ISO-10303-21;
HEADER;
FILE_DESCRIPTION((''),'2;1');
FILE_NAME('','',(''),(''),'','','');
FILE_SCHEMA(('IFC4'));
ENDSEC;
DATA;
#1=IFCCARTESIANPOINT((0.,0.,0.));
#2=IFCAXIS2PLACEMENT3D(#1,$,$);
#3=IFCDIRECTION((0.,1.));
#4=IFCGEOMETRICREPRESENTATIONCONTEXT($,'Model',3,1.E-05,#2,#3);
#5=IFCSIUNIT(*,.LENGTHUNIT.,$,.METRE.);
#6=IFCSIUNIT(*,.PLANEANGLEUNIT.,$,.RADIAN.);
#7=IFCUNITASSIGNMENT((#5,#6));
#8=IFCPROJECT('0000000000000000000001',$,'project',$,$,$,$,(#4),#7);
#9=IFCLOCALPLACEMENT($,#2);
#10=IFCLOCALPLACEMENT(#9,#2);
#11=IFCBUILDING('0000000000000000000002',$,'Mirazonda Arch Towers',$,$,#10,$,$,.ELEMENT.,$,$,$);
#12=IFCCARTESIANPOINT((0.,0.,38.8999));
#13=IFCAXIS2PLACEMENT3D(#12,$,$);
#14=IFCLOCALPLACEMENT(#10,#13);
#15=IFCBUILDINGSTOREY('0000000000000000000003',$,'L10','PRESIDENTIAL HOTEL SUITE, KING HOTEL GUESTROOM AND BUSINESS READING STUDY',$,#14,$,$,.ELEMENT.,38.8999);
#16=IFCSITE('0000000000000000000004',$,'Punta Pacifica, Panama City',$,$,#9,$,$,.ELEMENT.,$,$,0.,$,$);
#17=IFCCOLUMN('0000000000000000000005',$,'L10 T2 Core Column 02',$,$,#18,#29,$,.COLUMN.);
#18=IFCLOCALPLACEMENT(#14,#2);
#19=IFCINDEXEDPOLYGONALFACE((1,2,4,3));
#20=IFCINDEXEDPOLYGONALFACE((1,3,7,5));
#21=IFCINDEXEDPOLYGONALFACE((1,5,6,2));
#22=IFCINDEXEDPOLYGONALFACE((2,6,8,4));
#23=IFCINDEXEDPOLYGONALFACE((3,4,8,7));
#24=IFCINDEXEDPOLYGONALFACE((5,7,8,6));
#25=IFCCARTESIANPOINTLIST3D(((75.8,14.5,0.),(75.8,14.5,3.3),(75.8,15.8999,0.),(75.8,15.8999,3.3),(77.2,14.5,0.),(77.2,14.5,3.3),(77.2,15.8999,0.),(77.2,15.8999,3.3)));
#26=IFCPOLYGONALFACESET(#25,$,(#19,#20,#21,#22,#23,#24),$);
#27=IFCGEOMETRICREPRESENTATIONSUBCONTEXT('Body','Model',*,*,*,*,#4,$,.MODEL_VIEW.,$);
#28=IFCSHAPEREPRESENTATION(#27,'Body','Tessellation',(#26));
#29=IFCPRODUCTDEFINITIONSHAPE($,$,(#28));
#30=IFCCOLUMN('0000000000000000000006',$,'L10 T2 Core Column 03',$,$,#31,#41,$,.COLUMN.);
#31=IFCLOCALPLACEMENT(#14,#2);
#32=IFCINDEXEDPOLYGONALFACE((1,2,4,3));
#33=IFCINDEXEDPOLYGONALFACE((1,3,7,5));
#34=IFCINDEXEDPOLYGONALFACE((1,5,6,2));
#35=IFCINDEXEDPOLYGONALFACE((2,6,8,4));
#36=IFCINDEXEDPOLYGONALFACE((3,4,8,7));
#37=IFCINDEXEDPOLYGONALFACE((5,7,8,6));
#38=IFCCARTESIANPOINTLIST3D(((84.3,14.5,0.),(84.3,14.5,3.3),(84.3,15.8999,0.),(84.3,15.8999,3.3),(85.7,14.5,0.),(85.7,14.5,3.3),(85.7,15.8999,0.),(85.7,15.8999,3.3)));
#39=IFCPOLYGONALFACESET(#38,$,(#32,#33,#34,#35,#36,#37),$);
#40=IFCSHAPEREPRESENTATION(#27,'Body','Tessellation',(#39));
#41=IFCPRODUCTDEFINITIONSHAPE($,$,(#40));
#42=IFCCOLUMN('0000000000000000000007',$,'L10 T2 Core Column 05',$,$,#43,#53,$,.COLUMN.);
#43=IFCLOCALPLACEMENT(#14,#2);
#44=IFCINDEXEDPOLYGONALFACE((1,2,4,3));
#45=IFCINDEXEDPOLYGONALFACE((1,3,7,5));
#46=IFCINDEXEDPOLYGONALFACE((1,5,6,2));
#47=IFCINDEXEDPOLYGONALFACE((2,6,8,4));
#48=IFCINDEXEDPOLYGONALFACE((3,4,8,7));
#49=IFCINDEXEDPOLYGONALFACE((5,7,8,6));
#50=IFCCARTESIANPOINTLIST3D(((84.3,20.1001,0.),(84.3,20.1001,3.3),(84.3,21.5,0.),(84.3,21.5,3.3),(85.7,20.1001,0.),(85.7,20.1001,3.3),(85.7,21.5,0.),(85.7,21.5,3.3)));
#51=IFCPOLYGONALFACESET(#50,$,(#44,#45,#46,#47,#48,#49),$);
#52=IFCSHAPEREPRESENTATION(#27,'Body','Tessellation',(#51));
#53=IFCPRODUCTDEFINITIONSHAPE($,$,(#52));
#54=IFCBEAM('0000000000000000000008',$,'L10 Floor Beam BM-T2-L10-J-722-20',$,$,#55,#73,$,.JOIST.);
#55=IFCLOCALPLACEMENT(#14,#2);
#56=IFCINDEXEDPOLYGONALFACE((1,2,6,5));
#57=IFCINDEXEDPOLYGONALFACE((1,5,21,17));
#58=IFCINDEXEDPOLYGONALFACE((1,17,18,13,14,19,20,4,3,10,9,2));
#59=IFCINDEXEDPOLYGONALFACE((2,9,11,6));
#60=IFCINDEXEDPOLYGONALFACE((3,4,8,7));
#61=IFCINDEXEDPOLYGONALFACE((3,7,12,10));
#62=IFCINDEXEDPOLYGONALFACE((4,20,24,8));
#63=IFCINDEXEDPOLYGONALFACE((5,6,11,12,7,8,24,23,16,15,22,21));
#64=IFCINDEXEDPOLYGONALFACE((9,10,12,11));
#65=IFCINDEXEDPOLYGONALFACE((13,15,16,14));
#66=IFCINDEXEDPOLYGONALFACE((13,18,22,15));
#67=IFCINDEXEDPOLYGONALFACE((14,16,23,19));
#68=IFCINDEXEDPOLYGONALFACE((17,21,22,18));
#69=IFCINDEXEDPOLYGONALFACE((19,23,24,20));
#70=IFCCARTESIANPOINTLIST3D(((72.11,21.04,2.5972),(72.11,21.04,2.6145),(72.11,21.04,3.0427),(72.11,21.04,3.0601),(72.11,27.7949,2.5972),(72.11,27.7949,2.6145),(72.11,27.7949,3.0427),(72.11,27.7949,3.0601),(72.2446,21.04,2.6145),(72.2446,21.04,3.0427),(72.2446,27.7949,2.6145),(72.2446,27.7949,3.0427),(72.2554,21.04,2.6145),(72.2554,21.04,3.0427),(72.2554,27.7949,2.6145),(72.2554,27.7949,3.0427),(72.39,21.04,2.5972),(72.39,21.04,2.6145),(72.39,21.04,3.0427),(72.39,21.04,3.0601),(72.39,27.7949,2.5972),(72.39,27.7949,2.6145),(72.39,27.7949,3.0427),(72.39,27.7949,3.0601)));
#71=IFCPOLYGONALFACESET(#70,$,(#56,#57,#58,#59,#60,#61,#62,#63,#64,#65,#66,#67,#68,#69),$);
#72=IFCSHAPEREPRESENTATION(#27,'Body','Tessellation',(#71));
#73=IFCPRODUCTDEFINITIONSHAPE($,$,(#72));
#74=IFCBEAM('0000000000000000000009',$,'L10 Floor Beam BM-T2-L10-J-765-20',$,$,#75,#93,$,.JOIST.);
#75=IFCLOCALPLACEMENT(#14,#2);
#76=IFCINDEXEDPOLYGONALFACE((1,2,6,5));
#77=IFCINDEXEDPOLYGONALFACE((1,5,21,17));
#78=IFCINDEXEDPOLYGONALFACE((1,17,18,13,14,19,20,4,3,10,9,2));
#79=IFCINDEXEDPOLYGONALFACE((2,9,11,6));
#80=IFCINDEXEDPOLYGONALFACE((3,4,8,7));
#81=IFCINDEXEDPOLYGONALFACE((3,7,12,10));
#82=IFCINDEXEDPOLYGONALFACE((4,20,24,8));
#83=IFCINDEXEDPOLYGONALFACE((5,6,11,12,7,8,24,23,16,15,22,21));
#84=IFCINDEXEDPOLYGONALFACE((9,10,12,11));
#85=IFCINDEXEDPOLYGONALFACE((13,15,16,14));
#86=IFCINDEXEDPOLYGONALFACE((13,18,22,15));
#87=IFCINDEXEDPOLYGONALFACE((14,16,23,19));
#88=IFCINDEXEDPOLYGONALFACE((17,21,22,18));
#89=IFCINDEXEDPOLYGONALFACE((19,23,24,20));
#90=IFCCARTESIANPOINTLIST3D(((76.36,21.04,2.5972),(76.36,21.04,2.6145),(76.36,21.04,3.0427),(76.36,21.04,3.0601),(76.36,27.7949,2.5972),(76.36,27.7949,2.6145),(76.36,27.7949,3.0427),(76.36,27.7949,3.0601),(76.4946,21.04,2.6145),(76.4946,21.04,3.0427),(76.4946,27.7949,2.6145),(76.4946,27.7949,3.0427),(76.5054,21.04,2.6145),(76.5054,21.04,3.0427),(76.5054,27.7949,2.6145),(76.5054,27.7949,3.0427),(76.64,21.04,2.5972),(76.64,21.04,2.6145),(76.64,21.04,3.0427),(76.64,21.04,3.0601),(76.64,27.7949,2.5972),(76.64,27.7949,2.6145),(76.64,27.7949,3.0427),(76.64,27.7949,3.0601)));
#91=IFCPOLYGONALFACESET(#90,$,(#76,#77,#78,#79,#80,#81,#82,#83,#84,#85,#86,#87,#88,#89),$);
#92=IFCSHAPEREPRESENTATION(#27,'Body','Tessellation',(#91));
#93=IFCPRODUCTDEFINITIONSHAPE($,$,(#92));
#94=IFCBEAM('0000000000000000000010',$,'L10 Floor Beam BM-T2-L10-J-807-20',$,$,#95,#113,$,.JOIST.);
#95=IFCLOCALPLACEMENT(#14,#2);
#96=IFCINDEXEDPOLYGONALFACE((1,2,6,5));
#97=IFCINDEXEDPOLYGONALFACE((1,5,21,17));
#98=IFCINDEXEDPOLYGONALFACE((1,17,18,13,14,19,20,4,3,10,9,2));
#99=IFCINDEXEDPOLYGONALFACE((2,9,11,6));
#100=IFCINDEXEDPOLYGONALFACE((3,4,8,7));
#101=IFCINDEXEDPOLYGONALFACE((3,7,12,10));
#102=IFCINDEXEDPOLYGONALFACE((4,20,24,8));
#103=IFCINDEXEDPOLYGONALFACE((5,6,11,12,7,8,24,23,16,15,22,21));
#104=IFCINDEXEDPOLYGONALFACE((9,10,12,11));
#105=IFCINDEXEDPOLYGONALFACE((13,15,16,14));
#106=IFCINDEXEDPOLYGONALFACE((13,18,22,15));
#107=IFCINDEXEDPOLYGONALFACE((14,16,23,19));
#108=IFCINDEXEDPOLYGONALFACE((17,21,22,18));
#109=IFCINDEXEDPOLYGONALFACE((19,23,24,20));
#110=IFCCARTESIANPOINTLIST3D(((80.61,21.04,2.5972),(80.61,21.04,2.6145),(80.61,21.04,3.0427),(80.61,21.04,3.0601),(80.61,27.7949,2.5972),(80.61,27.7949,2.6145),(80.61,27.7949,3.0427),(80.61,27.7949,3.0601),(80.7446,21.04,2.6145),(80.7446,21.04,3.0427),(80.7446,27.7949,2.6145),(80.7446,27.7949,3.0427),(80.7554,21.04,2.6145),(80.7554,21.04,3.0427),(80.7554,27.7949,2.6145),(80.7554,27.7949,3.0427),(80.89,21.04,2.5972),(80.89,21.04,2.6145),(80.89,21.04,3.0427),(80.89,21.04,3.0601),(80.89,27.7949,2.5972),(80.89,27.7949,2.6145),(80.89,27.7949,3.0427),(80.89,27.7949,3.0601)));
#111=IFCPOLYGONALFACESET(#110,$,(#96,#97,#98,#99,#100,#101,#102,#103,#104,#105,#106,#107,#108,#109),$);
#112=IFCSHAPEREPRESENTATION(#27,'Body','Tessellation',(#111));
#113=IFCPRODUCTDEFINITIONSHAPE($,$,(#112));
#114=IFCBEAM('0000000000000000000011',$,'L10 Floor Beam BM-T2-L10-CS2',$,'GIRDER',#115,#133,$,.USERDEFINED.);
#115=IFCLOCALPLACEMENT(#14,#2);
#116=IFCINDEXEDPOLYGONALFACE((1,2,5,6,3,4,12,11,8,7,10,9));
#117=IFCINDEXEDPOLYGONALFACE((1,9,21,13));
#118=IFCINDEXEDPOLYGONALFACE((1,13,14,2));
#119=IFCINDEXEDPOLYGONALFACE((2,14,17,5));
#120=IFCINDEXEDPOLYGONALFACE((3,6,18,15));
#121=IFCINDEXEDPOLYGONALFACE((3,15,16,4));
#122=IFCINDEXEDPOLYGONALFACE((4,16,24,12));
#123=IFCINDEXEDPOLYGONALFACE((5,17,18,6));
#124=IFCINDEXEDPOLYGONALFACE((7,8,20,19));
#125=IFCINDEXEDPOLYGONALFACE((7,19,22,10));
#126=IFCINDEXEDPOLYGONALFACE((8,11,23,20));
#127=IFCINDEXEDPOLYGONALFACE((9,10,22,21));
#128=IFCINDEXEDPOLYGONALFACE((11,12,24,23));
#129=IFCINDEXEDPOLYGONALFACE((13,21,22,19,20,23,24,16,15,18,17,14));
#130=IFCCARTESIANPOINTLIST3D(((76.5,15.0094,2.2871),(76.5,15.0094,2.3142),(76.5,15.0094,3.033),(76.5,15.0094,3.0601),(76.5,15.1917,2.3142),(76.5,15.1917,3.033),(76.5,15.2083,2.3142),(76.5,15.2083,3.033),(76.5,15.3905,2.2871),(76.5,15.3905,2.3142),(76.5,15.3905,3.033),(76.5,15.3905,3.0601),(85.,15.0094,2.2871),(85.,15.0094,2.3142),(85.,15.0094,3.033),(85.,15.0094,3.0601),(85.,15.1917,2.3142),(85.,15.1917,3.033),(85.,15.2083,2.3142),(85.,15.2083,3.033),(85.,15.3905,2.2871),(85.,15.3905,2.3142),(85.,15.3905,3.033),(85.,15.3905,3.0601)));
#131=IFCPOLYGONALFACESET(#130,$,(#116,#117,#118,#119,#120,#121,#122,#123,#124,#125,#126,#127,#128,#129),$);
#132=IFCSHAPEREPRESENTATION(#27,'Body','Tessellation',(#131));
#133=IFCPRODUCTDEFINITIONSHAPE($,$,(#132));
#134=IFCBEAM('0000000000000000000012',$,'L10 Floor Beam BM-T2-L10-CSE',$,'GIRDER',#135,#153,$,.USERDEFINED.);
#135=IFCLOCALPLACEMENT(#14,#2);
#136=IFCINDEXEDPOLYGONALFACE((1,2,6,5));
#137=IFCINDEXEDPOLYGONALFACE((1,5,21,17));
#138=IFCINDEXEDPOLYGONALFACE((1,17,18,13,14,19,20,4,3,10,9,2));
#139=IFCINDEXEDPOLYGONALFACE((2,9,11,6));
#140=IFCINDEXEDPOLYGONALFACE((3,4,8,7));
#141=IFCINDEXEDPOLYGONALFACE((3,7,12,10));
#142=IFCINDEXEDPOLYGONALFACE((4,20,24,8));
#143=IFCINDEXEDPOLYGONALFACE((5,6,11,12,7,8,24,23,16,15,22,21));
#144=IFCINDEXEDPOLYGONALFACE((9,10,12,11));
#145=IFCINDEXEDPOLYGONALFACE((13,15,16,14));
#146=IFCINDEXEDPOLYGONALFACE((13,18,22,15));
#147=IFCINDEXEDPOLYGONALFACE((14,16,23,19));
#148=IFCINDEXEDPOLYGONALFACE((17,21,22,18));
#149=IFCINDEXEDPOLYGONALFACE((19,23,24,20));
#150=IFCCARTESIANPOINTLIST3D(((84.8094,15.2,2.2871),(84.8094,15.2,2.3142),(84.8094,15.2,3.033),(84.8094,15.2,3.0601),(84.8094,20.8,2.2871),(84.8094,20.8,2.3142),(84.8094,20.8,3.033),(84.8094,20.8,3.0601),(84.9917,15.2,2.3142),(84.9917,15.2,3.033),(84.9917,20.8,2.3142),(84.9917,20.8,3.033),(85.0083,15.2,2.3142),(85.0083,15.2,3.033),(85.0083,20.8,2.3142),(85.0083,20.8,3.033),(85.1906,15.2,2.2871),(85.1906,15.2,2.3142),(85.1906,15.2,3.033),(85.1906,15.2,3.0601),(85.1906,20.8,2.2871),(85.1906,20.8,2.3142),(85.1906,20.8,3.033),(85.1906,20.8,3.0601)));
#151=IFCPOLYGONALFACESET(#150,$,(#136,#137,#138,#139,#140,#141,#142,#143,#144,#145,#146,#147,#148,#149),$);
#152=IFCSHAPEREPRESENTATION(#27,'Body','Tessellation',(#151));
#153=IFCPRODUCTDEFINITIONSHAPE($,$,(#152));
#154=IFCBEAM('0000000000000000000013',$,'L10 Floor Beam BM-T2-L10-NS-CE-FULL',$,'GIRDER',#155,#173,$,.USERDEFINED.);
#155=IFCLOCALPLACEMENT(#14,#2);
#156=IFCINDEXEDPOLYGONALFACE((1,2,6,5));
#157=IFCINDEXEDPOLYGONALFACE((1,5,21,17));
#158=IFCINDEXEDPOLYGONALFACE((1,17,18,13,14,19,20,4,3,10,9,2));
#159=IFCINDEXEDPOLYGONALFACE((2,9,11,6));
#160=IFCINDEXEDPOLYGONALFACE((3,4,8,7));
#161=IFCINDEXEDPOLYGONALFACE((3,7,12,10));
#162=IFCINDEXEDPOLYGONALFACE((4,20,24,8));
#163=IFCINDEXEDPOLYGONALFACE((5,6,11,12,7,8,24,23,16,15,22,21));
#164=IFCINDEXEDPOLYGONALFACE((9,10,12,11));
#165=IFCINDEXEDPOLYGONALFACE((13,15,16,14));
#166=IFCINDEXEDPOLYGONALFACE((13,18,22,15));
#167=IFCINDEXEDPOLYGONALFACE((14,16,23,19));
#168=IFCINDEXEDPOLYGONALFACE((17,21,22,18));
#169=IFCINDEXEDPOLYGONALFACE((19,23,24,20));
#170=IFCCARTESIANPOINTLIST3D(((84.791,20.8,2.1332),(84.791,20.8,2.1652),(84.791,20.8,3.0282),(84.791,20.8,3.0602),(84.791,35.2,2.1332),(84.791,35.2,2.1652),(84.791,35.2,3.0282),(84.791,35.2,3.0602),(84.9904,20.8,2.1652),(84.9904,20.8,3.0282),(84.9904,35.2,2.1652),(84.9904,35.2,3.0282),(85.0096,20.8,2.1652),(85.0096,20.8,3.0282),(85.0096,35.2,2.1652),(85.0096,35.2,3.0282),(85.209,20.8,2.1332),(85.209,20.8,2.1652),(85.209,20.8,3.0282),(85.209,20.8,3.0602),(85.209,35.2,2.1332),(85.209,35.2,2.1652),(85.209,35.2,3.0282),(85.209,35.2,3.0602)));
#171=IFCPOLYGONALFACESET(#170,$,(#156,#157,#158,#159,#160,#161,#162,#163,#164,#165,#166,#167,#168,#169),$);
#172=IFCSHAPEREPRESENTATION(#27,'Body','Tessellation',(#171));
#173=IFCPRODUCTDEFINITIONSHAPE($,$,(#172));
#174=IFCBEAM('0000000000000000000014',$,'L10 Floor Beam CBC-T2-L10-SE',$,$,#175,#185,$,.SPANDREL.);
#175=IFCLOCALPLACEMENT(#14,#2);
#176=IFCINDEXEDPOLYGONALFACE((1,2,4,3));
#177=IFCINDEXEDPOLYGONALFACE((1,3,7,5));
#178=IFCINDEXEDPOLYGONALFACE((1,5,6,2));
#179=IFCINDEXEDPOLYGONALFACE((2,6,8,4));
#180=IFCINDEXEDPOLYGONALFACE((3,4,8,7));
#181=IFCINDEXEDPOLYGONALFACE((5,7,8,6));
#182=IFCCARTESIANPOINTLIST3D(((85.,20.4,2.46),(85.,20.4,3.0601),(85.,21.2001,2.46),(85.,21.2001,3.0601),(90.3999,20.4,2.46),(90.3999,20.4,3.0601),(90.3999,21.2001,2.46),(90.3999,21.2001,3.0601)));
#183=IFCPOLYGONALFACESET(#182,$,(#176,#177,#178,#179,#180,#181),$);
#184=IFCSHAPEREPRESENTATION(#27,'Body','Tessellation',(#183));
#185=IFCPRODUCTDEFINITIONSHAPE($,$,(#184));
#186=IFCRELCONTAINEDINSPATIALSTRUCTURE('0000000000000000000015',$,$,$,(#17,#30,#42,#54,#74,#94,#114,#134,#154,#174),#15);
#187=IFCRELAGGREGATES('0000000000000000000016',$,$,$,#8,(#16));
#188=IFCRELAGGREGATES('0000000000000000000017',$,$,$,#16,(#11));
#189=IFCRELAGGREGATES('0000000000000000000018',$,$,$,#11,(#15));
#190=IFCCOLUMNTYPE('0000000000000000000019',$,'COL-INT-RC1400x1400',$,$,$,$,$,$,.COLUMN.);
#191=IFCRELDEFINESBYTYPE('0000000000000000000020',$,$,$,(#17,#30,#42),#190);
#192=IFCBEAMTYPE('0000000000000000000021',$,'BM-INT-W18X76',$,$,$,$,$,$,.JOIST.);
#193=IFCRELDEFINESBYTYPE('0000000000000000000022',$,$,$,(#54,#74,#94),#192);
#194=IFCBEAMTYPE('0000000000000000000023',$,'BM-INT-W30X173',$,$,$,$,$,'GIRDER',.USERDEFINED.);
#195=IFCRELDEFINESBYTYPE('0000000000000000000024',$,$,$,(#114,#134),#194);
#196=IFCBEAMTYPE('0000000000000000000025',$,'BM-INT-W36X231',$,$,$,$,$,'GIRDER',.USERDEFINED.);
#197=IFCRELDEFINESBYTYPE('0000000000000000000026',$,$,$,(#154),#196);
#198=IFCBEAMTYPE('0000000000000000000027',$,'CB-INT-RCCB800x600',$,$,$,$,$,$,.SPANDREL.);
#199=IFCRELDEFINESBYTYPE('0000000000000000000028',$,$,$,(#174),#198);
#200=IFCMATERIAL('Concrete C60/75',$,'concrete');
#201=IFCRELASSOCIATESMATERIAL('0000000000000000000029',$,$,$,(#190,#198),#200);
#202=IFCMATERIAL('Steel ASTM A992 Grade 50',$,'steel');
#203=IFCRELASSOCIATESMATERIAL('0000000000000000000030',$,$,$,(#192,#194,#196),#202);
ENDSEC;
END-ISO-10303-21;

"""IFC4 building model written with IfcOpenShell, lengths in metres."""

from ifc_helpers import new_model, si_unit, direction, frame, origin, origin_2d, place, context, subcontext, project, spatial, rectangle, i_section, extrude, material, material_profile, profile_set, type_object, element, save


model = new_model("IFC4")

# Units and contexts
model_context = context("Model", 3, precision=1e-05, world=origin(), true_north=direction((0.0, 1.0)))
body_context = subcontext(model_context, "Body", "Model", "MODEL_VIEW")
ifc_project = project(units=[si_unit("LENGTHUNIT", "METRE"), si_unit("PLANEANGLEUNIT", "RADIAN")], contexts=[model_context])

# Site, building, storey
site_placement = place(None, origin())
site = spatial("IfcSite", under=ifc_project, at=site_placement, Name="Punta Pacifica, Panama City", CompositionType="ELEMENT", RefElevation=0.0)
building_placement = place(site_placement, origin())
building = spatial("IfcBuilding", under=site, at=building_placement, Name="Mirazonda Arch Towers", CompositionType="ELEMENT")
storey_placement = place(building_placement, frame((0.0, 0.0, 38.8999)))
storey = spatial("IfcBuildingStorey", under=building, at=storey_placement, Name="L10", Description="PRESIDENTIAL HOTEL SUITE, KING HOTEL GUESTROOM AND BUSINESS READING STUDY", CompositionType="ELEMENT", Elevation=38.8999)

# Columns
ifc_material_1 = material(Name="Concrete C60/75", Category="concrete")
ifc_material_profile_1 = material_profile(ifc_material_1, rectangle(XDim=1.3999, YDim=1.3999, at=origin_2d()), Name="RC1400x1400")
ifc_profile_set_1 = profile_set([ifc_material_profile_1], Name="Concrete C60/75")
column_type = type_object("IfcColumnType", Name="COL-INT-RC1400x1400", PredefinedType="COLUMN", material=ifc_profile_set_1)
for number, where, z_axis, x_axis, name in (
    (1, (76.5, 15.2, 0.0), (0.0, 0.0, 1.0), (1.0, 0.0, 0.0), "L10 T2 Core Column 02"),
    (2, (85.0, 15.2, 0.0), (0.0, 0.0, 1.0), (1.0, 0.0, 0.0), "L10 T2 Core Column 03"),
    (3, (85.0, 20.8, 0.0), (0.0, 0.0, 1.0), (1.0, 0.0, 0.0), "L10 T2 Core Column 05"),
):
    element("IfcColumn", number, at=place(storey_placement, frame(where, z_axis=z_axis, x_axis=x_axis)), inside=storey, type_object=column_type, Name=name, PredefinedType="COLUMN", context=body_context, shape_type="SweptSolid", body=[
        extrude(rectangle(XDim=1.3999, YDim=1.3999, at=origin_2d()), origin(), (0.0, 0.0, 1.0), 3.3),
    ])

# Beams
ifc_material_2 = material(Name="Steel ASTM A992 Grade 50", Category="steel")
ifc_material_profile_2 = material_profile(ifc_material_2, i_section(OverallWidth=0.28, OverallDepth=0.4629, WebThickness=0.0107, FlangeThickness=0.0173, at=origin_2d()), Name="W18X76")
ifc_profile_set_2 = profile_set([ifc_material_profile_2], Name="Steel ASTM A992 Grade 50")
beam_type_1 = type_object("IfcBeamType", Name="BM-INT-W18X76", PredefinedType="JOIST", material=ifc_profile_set_2)
for number, where, z_axis, x_axis, name in (
    (4, (72.25, 21.04, 2.8286), (0.0, 1.0, 0.0), (-1.0, 0.0, 0.0), "L10 Floor Beam BM-T2-L10-J-722-20"),
    (5, (76.5, 21.04, 2.8286), (0.0, 1.0, 0.0), (-1.0, 0.0, 0.0), "L10 Floor Beam BM-T2-L10-J-765-20"),
    (6, (80.75, 21.04, 2.8286), (0.0, 1.0, 0.0), (-1.0, 0.0, 0.0), "L10 Floor Beam BM-T2-L10-J-807-20"),
):
    element("IfcBeam", number, at=place(storey_placement, frame(where, z_axis=z_axis, x_axis=x_axis)), inside=storey, type_object=beam_type_1, Name=name, PredefinedType="JOIST", context=body_context, shape_type="SweptSolid", body=[
        extrude(i_section(OverallWidth=0.28, OverallDepth=0.4629, WebThickness=0.0107, FlangeThickness=0.0173, at=origin_2d()), origin(), (0.0, 0.0, 1.0), 6.7549),
    ])
ifc_material_profile_3 = material_profile(ifc_material_2, i_section(OverallWidth=0.3811, OverallDepth=0.7729, WebThickness=0.0166, FlangeThickness=0.0271, at=origin_2d()), Name="W30X173")
ifc_profile_set_3 = profile_set([ifc_material_profile_3], Name="Steel ASTM A992 Grade 50")
beam_type_2 = type_object("IfcBeamType", Name="BM-INT-W30X173", ElementType="GIRDER", PredefinedType="USERDEFINED", material=ifc_profile_set_3)
beam_1_placement = place(storey_placement, frame((76.5, 15.2, 2.6736), z_axis=(1.0, 0.0, 0.0), x_axis=(0.0, 1.0, 0.0)))
element("IfcBeam", 7, at=beam_1_placement, inside=storey, type_object=beam_type_2, Name="L10 Floor Beam BM-T2-L10-CS2", ObjectType="GIRDER", PredefinedType="USERDEFINED", context=body_context, shape_type="SweptSolid", body=[
    extrude(i_section(OverallWidth=0.3811, OverallDepth=0.7729, WebThickness=0.0166, FlangeThickness=0.0271, at=origin_2d()), origin(), (0.0, 0.0, 1.0), 8.5),
])
beam_2_placement = place(storey_placement, frame((85.0, 15.2, 2.6736), z_axis=(0.0, 1.0, 0.0), x_axis=(-1.0, 0.0, 0.0)))
element("IfcBeam", 8, at=beam_2_placement, inside=storey, type_object=beam_type_2, Name="L10 Floor Beam BM-T2-L10-CSE", ObjectType="GIRDER", PredefinedType="USERDEFINED", context=body_context, shape_type="SweptSolid", body=[
    extrude(i_section(OverallWidth=0.3811, OverallDepth=0.7729, WebThickness=0.0166, FlangeThickness=0.0271, at=origin_2d()), origin(), (0.0, 0.0, 1.0), 5.6001),
])
ifc_material_profile_4 = material_profile(ifc_material_2, i_section(OverallWidth=0.418, OverallDepth=0.927, WebThickness=0.0193, FlangeThickness=0.032, at=origin_2d()), Name="W36X231")
ifc_profile_set_4 = profile_set([ifc_material_profile_4], Name="Steel ASTM A992 Grade 50")
beam_type_3 = type_object("IfcBeamType", Name="BM-INT-W36X231", ElementType="GIRDER", PredefinedType="USERDEFINED", material=ifc_profile_set_4)
beam_3_placement = place(storey_placement, frame((85.0, 20.8, 2.5967), z_axis=(0.0, 1.0, 0.0), x_axis=(-1.0, 0.0, 0.0)))
element("IfcBeam", 9, at=beam_3_placement, inside=storey, type_object=beam_type_3, Name="L10 Floor Beam BM-T2-L10-NS-CE-FULL", ObjectType="GIRDER", PredefinedType="USERDEFINED", context=body_context, shape_type="SweptSolid", body=[
    extrude(i_section(OverallWidth=0.418, OverallDepth=0.927, WebThickness=0.0193, FlangeThickness=0.032, at=origin_2d()), origin(), (0.0, 0.0, 1.0), 14.3999),
])
ifc_material_profile_5 = material_profile(ifc_material_1, rectangle(XDim=0.8, YDim=0.6001, at=origin_2d()), Name="RCCB800x600")
ifc_profile_set_5 = profile_set([ifc_material_profile_5], Name="Concrete C60/75")
beam_type_4 = type_object("IfcBeamType", Name="CB-INT-RCCB800x600", PredefinedType="SPANDREL", material=ifc_profile_set_5)
beam_4_placement = place(storey_placement, frame((85.0, 20.8, 2.76), z_axis=(1.0, 0.0, 0.0), x_axis=(0.0, 1.0, 0.0)))
element("IfcBeam", 10, at=beam_4_placement, inside=storey, type_object=beam_type_4, Name="L10 Floor Beam CBC-T2-L10-SE", PredefinedType="SPANDREL", context=body_context, shape_type="SweptSolid", body=[
    extrude(rectangle(XDim=0.8, YDim=0.6001, at=origin_2d()), origin(), (0.0, 0.0, 1.0), 5.3999),
])

save(model, "model.ifc")
